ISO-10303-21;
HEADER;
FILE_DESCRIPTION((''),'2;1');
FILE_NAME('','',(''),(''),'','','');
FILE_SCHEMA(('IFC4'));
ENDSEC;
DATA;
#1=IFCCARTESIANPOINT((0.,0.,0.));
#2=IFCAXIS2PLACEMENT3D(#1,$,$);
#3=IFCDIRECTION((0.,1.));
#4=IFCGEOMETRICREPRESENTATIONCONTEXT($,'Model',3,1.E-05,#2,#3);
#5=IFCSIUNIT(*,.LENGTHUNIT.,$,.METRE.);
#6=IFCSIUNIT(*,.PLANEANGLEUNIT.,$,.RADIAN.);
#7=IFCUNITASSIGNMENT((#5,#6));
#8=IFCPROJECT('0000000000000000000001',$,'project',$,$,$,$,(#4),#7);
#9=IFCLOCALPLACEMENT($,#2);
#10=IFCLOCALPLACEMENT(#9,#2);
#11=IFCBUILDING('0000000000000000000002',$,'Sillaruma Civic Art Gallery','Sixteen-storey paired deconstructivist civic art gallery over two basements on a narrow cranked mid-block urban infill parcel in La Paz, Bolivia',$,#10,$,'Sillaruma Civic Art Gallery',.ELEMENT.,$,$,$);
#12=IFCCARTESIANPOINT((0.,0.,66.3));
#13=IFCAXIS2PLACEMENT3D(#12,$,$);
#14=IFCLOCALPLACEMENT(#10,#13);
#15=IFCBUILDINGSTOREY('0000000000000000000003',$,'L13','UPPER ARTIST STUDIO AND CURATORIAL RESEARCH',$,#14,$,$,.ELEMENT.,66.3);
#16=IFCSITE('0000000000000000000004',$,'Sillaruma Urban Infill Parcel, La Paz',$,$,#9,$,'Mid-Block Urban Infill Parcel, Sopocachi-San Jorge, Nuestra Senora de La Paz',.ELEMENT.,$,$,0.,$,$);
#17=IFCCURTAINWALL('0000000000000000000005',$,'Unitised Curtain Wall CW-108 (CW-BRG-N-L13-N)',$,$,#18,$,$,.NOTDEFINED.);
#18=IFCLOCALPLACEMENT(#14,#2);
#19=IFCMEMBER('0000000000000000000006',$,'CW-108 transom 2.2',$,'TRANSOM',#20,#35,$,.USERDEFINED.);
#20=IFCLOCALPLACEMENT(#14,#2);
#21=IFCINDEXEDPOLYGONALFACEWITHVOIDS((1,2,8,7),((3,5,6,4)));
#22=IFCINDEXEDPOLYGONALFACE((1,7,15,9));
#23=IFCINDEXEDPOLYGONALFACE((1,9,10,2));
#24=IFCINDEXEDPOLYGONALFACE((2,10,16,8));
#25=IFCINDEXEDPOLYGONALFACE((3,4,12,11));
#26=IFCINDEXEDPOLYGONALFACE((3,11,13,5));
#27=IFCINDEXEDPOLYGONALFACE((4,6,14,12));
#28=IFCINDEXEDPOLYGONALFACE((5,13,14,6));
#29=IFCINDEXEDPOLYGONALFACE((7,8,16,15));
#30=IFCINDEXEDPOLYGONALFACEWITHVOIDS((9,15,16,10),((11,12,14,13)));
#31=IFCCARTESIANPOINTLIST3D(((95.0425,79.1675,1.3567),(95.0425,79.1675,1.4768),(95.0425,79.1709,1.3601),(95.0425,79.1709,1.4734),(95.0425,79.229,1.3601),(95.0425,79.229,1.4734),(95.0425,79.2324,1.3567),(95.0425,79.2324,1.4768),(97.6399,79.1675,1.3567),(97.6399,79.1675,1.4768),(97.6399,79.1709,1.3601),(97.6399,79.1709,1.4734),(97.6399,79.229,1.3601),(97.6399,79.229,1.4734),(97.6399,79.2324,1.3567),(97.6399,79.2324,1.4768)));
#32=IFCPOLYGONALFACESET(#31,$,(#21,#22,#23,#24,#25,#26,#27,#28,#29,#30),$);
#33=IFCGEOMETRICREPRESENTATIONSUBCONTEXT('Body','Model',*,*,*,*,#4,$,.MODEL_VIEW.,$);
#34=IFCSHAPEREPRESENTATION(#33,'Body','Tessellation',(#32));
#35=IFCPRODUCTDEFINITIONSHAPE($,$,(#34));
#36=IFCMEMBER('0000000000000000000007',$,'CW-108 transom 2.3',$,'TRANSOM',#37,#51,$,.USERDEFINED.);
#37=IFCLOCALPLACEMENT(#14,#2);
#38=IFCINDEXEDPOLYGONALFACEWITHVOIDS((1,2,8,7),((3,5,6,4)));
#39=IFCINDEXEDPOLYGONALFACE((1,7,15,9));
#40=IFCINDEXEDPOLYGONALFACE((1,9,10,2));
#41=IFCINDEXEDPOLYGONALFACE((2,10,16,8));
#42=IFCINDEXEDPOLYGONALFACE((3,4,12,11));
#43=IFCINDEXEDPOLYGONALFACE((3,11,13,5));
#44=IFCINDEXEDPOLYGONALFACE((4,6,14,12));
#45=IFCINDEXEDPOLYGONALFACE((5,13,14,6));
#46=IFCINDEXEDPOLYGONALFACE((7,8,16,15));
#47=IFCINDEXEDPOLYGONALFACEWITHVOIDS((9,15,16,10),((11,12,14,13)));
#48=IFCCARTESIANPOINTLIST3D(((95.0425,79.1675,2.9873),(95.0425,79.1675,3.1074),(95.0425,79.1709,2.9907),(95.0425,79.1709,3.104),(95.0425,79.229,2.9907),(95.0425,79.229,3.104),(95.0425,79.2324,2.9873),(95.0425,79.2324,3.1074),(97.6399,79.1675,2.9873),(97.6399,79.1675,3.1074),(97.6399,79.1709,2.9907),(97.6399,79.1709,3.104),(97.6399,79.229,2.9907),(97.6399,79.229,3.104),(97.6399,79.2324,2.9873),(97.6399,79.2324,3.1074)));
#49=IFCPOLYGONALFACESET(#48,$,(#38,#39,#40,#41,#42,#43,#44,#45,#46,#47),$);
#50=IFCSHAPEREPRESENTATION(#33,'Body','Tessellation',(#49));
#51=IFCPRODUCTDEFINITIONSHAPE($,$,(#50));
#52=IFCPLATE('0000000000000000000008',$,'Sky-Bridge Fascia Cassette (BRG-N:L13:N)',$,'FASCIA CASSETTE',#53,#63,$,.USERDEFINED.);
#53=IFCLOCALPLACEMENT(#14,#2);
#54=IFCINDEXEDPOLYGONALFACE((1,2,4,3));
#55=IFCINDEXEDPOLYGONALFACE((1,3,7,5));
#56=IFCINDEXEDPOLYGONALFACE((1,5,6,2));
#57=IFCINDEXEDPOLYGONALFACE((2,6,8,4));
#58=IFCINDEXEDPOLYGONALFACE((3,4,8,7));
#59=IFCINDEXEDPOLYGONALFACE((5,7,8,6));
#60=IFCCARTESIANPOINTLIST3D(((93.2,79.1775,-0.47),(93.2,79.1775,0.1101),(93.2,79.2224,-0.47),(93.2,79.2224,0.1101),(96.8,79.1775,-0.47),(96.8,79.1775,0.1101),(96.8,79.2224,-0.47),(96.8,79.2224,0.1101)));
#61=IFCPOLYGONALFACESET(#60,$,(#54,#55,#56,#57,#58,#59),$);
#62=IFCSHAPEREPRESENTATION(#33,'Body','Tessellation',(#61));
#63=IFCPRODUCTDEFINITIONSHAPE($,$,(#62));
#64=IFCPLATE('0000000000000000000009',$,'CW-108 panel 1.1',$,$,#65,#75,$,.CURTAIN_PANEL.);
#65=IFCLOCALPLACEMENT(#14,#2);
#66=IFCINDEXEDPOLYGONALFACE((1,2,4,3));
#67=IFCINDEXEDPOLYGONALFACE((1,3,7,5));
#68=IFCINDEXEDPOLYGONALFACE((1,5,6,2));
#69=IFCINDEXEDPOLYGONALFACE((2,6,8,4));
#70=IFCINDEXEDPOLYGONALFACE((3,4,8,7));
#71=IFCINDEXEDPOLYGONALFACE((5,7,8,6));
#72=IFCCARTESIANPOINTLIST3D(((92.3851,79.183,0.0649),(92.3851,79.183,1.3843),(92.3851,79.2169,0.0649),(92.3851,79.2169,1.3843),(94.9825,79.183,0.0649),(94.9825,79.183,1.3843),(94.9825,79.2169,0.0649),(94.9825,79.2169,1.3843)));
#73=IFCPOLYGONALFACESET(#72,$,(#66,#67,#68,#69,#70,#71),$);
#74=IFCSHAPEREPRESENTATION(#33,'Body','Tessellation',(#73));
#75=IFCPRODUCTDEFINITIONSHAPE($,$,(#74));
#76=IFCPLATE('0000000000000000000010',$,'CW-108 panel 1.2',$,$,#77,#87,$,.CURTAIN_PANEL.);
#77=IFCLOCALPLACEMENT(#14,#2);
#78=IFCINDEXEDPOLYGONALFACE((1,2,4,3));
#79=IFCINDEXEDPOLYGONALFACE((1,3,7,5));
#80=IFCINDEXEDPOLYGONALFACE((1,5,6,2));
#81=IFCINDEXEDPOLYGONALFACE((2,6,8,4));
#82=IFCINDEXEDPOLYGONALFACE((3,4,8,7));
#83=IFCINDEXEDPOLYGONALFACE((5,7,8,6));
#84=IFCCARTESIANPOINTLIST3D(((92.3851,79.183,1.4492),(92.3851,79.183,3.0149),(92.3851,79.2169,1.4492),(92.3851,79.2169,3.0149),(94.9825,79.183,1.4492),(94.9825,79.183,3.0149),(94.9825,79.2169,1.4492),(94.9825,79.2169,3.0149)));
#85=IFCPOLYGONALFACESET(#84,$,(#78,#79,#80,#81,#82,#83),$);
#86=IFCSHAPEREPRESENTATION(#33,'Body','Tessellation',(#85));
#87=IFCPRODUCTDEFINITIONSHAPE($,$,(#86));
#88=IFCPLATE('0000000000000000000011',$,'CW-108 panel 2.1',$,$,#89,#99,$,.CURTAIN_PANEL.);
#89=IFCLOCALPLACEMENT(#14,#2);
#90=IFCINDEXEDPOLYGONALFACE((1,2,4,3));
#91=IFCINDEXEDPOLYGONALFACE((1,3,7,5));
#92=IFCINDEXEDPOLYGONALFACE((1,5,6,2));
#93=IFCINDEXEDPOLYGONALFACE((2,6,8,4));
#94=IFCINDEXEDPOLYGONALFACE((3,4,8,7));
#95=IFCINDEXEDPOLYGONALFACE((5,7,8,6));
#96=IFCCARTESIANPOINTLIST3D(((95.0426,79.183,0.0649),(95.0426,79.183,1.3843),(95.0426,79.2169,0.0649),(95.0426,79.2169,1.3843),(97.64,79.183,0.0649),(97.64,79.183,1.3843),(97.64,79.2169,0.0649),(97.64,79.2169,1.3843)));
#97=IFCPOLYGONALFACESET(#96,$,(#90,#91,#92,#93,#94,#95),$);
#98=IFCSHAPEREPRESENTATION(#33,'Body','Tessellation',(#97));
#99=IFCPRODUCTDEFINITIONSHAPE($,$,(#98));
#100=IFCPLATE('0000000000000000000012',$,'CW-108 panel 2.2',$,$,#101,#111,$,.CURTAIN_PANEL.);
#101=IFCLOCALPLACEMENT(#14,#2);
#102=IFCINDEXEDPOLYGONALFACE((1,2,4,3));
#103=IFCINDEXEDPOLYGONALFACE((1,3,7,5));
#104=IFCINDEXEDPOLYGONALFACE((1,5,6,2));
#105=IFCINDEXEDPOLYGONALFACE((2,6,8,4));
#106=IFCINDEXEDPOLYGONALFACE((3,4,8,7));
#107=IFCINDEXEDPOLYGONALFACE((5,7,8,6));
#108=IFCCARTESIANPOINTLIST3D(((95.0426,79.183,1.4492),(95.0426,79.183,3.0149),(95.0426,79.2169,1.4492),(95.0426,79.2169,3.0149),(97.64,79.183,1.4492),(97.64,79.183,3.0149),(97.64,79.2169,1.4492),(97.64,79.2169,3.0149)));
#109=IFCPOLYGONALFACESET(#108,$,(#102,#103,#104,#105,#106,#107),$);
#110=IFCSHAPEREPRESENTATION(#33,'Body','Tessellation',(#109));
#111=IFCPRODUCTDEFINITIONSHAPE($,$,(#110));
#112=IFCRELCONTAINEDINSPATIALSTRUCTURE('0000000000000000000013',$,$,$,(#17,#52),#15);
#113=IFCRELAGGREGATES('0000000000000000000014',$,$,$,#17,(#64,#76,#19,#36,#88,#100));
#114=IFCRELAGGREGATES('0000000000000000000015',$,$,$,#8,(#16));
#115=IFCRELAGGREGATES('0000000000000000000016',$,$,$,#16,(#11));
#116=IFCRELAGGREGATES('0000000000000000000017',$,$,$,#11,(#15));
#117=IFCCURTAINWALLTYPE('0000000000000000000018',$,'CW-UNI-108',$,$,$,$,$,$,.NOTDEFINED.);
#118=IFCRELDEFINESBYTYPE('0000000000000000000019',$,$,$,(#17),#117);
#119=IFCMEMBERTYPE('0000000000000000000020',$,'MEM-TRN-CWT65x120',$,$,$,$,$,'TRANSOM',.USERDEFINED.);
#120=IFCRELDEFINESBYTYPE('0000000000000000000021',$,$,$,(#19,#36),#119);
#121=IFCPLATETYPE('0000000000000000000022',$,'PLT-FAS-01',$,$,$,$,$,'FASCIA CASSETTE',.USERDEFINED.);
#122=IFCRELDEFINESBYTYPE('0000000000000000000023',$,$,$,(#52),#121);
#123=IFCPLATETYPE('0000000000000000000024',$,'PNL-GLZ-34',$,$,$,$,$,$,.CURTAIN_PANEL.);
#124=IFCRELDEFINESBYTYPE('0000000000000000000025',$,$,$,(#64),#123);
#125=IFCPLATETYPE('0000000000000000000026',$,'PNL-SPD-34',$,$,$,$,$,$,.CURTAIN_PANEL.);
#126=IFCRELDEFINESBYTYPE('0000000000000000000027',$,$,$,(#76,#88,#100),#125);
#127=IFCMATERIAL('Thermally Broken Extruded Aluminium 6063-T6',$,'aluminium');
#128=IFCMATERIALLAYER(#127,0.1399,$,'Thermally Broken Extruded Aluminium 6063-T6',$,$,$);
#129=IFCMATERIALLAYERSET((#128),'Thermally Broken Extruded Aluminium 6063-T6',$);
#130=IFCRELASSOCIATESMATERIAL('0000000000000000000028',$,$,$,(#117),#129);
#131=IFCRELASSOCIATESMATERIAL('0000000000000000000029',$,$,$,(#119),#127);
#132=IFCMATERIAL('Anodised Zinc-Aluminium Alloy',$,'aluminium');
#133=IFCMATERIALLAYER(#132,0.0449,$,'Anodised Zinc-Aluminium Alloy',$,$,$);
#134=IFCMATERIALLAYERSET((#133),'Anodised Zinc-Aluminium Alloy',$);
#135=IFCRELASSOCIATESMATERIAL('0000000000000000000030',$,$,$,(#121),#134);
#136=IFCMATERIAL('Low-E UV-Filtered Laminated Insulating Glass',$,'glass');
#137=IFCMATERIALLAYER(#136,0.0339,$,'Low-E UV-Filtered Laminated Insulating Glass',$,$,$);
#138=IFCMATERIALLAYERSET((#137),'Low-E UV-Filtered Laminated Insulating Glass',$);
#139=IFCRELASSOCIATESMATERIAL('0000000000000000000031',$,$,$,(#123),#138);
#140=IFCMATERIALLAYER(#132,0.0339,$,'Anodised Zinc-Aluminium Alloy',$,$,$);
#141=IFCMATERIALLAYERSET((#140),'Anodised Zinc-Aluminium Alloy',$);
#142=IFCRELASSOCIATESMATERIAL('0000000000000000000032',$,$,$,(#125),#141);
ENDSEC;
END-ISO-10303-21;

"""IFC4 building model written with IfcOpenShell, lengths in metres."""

from ifc_helpers import new_model, si_unit, direction, frame, origin, origin_2d, place, context, subcontext, project, spatial, rectangle, hollow_rectangle, extrude, material, layer, layer_set, material_profile, profile_set, type_object, element, aggregate, save


model = new_model("IFC4")

# Units and contexts
model_context = context("Model", 3, precision=1e-05, world=origin(), true_north=direction((0.0, 1.0)))
body_context = subcontext(model_context, "Body", "Model", "MODEL_VIEW")
ifc_project = project(units=[si_unit("LENGTHUNIT", "METRE"), si_unit("PLANEANGLEUNIT", "RADIAN")], contexts=[model_context])

# Site, building, storey
site_placement = place(None, origin())
site = spatial("IfcSite", under=ifc_project, at=site_placement, Name="Sillaruma Urban Infill Parcel, La Paz", LongName="Mid-Block Urban Infill Parcel, Sopocachi-San Jorge, Nuestra Senora de La Paz", CompositionType="ELEMENT", RefElevation=0.0)
building_placement = place(site_placement, origin())
building = spatial("IfcBuilding", under=site, at=building_placement, Name="Sillaruma Civic Art Gallery", Description="Sixteen-storey paired deconstructivist civic art gallery over two basements on a narrow cranked mid-block urban infill parcel in La Paz, Bolivia", LongName="Sillaruma Civic Art Gallery", CompositionType="ELEMENT")
storey_placement = place(building_placement, frame((0.0, 0.0, 66.3)))
storey = spatial("IfcBuildingStorey", under=building, at=storey_placement, Name="L13", Description="UPPER ARTIST STUDIO AND CURATORIAL RESEARCH", CompositionType="ELEMENT", Elevation=66.3)

# Curtain wall, members
ifc_material_1 = material(Name="Thermally Broken Extruded Aluminium 6063-T6", Category="aluminium")
ifc_layer_1 = layer(ifc_material_1, 0.1399, Name="Thermally Broken Extruded Aluminium 6063-T6")
ifc_layer_set_1 = layer_set([ifc_layer_1], Name="Thermally Broken Extruded Aluminium 6063-T6")
curtain_wall_type = type_object("IfcCurtainWallType", Name="CW-UNI-108", PredefinedType="NOTDEFINED", material=ifc_layer_set_1)
curtain_wall_placement = place(storey_placement, origin())
curtain_wall = element("IfcCurtainWall", 1, at=curtain_wall_placement, inside=storey, type_object=curtain_wall_type, Name="Unitised Curtain Wall CW-108 (CW-BRG-N-L13-N)", PredefinedType="NOTDEFINED")
ifc_material_profile_1 = material_profile(ifc_material_1, hollow_rectangle(XDim=0.0649, YDim=0.1201, WallThickness=0.0034, at=origin_2d()), Name="CWT65x120")
ifc_profile_set_1 = profile_set([ifc_material_profile_1], Name="Thermally Broken Extruded Aluminium 6063-T6")
member_type_1 = type_object("IfcMemberType", Name="MEM-TRN-CWT65x120", ElementType="TRANSOM", PredefinedType="USERDEFINED", material=ifc_profile_set_1)
member_1_placement = place(storey_placement, frame((95.0425, 79.2, 1.4167), z_axis=(1.0, 0.0, 0.0), x_axis=(0.0, 1.0, 0.0)))
member_1 = element("IfcMember", 2, at=member_1_placement, type_object=member_type_1, Name="CW-108 transom 2.2", ObjectType="TRANSOM", PredefinedType="USERDEFINED", context=body_context, shape_type="SweptSolid", body=[
    extrude(hollow_rectangle(XDim=0.0649, YDim=0.1201, WallThickness=0.0034, at=origin_2d()), origin(), (0.0, 0.0, 1.0), 2.5974),
])
member_2_placement = place(storey_placement, frame((95.0425, 79.2, 3.0474), z_axis=(1.0, 0.0, 0.0), x_axis=(0.0, 1.0, 0.0)))
member_2 = element("IfcMember", 3, at=member_2_placement, type_object=member_type_1, Name="CW-108 transom 2.3", ObjectType="TRANSOM", PredefinedType="USERDEFINED", context=body_context, shape_type="SweptSolid", body=[
    extrude(hollow_rectangle(XDim=0.0649, YDim=0.1201, WallThickness=0.0034, at=origin_2d()), origin(), (0.0, 0.0, 1.0), 2.5974),
])

# Plates
ifc_material_2 = material(Name="Anodised Zinc-Aluminium Alloy", Category="aluminium")
ifc_layer_2 = layer(ifc_material_2, 0.0449, Name="Anodised Zinc-Aluminium Alloy")
ifc_layer_set_2 = layer_set([ifc_layer_2], Name="Anodised Zinc-Aluminium Alloy")
plate_type_1 = type_object("IfcPlateType", Name="PLT-FAS-01", ElementType="FASCIA CASSETTE", PredefinedType="USERDEFINED", material=ifc_layer_set_2)
plate_1_placement = place(storey_placement, frame((95.0, 79.2, -0.47), z_axis=(0.0, 0.0, 1.0), x_axis=(1.0, 0.0, 0.0)))
element("IfcPlate", 4, at=plate_1_placement, inside=storey, type_object=plate_type_1, Name="Sky-Bridge Fascia Cassette (BRG-N:L13:N)", ObjectType="FASCIA CASSETTE", PredefinedType="USERDEFINED", context=body_context, shape_type="SweptSolid", body=[
    extrude(rectangle(XDim=3.6001, YDim=0.0449, at=origin_2d()), origin(), (0.0, 0.0, 1.0), 0.5801),
])
ifc_material_3 = material(Name="Low-E UV-Filtered Laminated Insulating Glass", Category="glass")
ifc_layer_3 = layer(ifc_material_3, 0.0339, Name="Low-E UV-Filtered Laminated Insulating Glass")
ifc_layer_set_3 = layer_set([ifc_layer_3], Name="Low-E UV-Filtered Laminated Insulating Glass")
plate_type_2 = type_object("IfcPlateType", Name="PNL-GLZ-34", PredefinedType="CURTAIN_PANEL", material=ifc_layer_set_3)
plate_2_placement = place(storey_placement, frame((93.6838, 79.2, 0.0649), z_axis=(0.0, 0.0, 1.0), x_axis=(1.0, 0.0, 0.0)))
plate_2 = element("IfcPlate", 5, at=plate_2_placement, type_object=plate_type_2, Name="CW-108 panel 1.1", PredefinedType="CURTAIN_PANEL", context=body_context, shape_type="SweptSolid", body=[
    extrude(rectangle(XDim=2.5974, YDim=0.0339, at=origin_2d()), origin(), (0.0, 0.0, 1.0), 1.3193),
])
ifc_layer_4 = layer(ifc_material_2, 0.0339, Name="Anodised Zinc-Aluminium Alloy")
ifc_layer_set_4 = layer_set([ifc_layer_4], Name="Anodised Zinc-Aluminium Alloy")
plate_type_3 = type_object("IfcPlateType", Name="PNL-SPD-34", PredefinedType="CURTAIN_PANEL", material=ifc_layer_set_4)
plate_3_placement = place(storey_placement, frame((93.6838, 79.2, 1.4492), z_axis=(0.0, 0.0, 1.0), x_axis=(1.0, 0.0, 0.0)))
plate_3 = element("IfcPlate", 6, at=plate_3_placement, type_object=plate_type_3, Name="CW-108 panel 1.2", PredefinedType="CURTAIN_PANEL", context=body_context, shape_type="SweptSolid", body=[
    extrude(rectangle(XDim=2.5974, YDim=0.0339, at=origin_2d()), origin(), (0.0, 0.0, 1.0), 1.5657),
])
plate_4_placement = place(storey_placement, frame((96.3413, 79.2, 0.0649), z_axis=(0.0, 0.0, 1.0), x_axis=(1.0, 0.0, 0.0)))
plate_4 = element("IfcPlate", 7, at=plate_4_placement, type_object=plate_type_3, Name="CW-108 panel 2.1", PredefinedType="CURTAIN_PANEL", context=body_context, shape_type="SweptSolid", body=[
    extrude(rectangle(XDim=2.5974, YDim=0.0339, at=origin_2d()), origin(), (0.0, 0.0, 1.0), 1.3193),
])
plate_5_placement = place(storey_placement, frame((96.3413, 79.2, 1.4492), z_axis=(0.0, 0.0, 1.0), x_axis=(1.0, 0.0, 0.0)))
plate_5 = element("IfcPlate", 8, at=plate_5_placement, type_object=plate_type_3, Name="CW-108 panel 2.2", PredefinedType="CURTAIN_PANEL", context=body_context, shape_type="SweptSolid", body=[
    extrude(rectangle(XDim=2.5974, YDim=0.0339, at=origin_2d()), origin(), (0.0, 0.0, 1.0), 1.5657),
])
aggregate(curtain_wall, [plate_2, plate_3, member_1, member_2, plate_4, plate_5])

save(model, "model.ifc")
